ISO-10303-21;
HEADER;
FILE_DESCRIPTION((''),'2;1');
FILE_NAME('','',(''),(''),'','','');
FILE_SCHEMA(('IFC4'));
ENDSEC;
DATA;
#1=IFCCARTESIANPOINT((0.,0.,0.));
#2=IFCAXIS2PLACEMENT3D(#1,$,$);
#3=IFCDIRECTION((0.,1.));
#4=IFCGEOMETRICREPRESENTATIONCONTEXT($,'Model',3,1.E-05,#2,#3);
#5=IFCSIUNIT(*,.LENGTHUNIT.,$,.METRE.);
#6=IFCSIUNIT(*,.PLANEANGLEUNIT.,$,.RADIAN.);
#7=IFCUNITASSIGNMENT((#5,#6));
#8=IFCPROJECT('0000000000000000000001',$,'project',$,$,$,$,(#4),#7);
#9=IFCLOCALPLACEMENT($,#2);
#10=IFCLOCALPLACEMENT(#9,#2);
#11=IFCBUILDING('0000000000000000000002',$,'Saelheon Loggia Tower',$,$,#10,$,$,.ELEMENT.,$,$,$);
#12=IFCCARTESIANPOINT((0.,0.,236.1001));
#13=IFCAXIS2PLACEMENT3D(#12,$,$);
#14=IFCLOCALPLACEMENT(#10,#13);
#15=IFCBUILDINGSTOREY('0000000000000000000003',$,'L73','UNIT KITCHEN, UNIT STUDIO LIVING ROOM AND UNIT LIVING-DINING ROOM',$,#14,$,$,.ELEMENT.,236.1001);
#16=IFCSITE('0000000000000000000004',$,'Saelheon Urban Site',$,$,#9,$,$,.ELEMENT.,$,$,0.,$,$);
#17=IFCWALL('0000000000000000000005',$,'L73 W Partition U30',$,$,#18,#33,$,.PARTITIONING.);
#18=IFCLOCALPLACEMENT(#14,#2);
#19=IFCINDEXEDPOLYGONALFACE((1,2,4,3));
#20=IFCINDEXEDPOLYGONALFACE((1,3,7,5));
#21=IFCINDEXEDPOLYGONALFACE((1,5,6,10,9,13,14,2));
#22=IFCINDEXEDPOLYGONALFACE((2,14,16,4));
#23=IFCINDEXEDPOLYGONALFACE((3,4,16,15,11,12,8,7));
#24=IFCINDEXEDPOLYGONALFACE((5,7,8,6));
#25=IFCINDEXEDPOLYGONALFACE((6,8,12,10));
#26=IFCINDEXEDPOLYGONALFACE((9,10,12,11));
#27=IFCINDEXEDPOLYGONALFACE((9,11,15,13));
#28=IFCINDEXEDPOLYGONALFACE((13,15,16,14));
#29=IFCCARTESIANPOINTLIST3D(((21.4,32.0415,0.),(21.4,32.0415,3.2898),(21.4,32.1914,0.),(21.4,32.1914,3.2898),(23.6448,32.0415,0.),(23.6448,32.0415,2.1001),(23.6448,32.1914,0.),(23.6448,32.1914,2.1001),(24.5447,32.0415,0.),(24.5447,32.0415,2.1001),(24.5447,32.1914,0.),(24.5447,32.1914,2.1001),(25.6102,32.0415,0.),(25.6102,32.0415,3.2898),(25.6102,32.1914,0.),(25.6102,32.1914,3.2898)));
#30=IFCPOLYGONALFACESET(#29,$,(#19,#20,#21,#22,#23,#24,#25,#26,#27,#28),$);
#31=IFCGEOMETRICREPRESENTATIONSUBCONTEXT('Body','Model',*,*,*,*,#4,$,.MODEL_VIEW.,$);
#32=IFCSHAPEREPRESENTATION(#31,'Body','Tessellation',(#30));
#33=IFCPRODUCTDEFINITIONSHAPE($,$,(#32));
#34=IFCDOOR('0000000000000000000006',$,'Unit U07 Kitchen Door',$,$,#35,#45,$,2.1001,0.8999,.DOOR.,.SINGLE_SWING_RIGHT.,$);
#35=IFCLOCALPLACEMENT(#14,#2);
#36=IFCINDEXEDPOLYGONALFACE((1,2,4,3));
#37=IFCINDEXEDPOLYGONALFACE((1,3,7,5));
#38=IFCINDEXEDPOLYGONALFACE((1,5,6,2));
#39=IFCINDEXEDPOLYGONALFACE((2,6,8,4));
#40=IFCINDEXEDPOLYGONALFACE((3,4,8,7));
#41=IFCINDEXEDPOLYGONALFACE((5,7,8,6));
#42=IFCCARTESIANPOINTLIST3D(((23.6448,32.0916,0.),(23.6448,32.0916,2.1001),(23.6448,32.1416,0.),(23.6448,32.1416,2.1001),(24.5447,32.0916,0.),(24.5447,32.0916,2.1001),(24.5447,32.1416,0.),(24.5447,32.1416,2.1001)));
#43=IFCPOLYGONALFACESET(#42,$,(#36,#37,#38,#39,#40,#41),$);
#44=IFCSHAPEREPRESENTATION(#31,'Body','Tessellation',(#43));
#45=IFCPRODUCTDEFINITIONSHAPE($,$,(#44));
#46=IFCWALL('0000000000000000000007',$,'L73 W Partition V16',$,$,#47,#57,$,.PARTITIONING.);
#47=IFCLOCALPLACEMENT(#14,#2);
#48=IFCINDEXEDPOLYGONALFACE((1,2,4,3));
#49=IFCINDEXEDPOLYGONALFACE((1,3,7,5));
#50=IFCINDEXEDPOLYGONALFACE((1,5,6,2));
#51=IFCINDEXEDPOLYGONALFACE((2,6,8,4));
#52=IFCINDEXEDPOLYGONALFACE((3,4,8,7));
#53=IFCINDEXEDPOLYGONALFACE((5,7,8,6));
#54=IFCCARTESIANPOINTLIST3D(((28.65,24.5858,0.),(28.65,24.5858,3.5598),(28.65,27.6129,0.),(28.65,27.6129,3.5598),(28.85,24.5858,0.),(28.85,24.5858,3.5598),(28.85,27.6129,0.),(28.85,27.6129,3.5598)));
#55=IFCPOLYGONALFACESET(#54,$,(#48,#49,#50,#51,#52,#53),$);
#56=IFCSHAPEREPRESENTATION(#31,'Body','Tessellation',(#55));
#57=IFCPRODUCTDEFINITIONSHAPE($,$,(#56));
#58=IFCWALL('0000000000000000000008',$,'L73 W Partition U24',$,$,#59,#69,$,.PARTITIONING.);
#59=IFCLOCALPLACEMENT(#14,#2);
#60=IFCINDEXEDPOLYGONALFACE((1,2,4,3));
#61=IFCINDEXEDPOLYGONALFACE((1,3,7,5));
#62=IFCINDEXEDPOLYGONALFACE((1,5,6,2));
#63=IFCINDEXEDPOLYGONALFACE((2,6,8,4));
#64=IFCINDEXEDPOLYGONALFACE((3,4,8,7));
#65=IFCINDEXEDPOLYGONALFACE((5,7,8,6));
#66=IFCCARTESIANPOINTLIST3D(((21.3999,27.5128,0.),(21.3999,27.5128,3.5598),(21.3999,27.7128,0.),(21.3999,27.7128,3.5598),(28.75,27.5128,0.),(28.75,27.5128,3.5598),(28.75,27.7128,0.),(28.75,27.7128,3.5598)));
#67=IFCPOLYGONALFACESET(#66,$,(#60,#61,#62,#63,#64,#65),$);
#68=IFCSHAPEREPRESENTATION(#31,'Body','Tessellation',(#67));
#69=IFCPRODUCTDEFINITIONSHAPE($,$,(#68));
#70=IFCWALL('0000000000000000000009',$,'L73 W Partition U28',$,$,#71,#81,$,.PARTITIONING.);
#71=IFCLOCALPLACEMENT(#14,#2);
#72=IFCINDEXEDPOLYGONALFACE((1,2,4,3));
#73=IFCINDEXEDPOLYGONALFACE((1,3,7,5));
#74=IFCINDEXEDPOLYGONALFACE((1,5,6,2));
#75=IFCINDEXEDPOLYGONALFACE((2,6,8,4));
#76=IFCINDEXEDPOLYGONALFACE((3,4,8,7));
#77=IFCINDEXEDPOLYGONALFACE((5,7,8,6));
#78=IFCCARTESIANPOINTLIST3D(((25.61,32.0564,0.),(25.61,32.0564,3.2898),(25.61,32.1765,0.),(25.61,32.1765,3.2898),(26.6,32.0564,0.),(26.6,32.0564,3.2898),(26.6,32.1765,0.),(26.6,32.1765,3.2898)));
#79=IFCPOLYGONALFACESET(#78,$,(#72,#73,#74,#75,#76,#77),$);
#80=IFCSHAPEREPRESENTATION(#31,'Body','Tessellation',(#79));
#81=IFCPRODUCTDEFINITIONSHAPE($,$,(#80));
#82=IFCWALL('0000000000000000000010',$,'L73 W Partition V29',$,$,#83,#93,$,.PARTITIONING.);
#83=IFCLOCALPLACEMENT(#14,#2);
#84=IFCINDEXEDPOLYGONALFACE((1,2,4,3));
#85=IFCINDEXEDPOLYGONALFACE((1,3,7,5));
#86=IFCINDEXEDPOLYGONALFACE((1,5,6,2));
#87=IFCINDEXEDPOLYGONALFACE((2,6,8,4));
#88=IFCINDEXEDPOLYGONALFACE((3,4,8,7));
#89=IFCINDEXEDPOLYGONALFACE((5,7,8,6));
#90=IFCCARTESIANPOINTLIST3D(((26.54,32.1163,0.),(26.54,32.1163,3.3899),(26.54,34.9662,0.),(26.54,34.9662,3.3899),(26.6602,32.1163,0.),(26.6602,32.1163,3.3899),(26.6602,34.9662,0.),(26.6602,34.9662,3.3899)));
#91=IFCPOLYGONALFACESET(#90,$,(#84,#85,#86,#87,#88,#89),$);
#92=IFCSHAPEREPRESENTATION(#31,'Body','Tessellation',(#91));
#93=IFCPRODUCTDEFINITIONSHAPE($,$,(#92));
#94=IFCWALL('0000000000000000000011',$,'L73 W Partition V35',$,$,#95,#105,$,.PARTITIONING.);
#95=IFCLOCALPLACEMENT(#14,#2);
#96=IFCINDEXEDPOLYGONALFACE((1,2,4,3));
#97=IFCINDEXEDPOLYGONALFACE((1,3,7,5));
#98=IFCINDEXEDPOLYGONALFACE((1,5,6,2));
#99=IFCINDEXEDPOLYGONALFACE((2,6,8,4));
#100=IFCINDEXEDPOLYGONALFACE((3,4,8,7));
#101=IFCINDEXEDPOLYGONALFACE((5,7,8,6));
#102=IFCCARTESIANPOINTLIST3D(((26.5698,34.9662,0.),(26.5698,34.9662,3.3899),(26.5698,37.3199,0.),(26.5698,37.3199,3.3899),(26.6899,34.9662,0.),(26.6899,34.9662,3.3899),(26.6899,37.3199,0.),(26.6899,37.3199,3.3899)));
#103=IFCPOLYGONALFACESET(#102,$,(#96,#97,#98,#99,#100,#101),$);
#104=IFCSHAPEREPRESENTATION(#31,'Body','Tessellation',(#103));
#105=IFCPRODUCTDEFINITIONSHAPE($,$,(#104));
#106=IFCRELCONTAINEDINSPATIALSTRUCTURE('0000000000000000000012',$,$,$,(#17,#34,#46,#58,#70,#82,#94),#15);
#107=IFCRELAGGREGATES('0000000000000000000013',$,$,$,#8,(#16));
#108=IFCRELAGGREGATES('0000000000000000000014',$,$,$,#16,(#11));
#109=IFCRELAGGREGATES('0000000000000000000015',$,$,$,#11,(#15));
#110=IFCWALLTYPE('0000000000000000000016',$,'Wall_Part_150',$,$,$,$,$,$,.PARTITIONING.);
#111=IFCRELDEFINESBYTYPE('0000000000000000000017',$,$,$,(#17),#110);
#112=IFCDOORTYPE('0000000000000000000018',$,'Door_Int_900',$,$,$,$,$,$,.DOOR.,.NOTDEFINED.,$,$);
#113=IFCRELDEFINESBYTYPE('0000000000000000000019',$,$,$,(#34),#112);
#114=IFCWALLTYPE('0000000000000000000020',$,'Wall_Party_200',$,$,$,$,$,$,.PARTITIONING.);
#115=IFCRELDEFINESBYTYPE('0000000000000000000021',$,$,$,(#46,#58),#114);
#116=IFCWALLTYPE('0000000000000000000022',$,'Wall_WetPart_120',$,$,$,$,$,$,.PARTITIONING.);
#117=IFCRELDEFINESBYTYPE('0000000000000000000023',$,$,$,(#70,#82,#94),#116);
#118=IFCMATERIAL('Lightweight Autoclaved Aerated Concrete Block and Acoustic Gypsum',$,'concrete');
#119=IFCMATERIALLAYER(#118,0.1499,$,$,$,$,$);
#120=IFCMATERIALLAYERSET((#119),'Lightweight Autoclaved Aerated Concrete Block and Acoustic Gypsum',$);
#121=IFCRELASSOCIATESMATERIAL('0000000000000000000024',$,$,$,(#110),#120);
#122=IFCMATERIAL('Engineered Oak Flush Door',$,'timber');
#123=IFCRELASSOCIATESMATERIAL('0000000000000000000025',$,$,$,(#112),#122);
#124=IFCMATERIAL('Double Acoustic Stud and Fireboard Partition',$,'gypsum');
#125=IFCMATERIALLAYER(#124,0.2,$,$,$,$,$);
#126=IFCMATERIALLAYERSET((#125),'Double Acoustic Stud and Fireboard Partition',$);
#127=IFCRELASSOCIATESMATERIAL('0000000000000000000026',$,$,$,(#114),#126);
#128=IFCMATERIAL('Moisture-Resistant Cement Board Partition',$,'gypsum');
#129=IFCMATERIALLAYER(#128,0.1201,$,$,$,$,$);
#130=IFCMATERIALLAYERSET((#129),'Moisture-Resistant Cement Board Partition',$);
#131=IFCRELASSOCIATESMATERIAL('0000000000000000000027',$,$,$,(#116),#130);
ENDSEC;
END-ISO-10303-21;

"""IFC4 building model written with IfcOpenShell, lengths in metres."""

from ifc_helpers import new_model, si_unit, direction, frame, frame_2d, origin, place, context, subcontext, project, spatial, rectangle, extrude, source, transform, mapped, material, layer, layer_set, type_object, element, fill, save


model = new_model("IFC4")

# Units and contexts
model_context = context("Model", 3, precision=1e-05, world=origin(), true_north=direction((0.0, 1.0)))
body_context = subcontext(model_context, "Body", "Model", "MODEL_VIEW")
ifc_project = project(units=[si_unit("LENGTHUNIT", "METRE"), si_unit("PLANEANGLEUNIT", "RADIAN")], contexts=[model_context])

# Site, building, storey
site_placement = place(None, origin())
site = spatial("IfcSite", under=ifc_project, at=site_placement, Name="Saelheon Urban Site", CompositionType="ELEMENT", RefElevation=0.0)
building_placement = place(site_placement, origin())
building = spatial("IfcBuilding", under=site, at=building_placement, Name="Saelheon Loggia Tower", CompositionType="ELEMENT")
storey_placement = place(building_placement, frame((0.0, 0.0, 236.1001)))
storey = spatial("IfcBuildingStorey", under=building, at=storey_placement, Name="L73", Description="UNIT KITCHEN, UNIT STUDIO LIVING ROOM AND UNIT LIVING-DINING ROOM", CompositionType="ELEMENT", Elevation=236.1001)

# Shared definitions
ifc_material_1 = material(Name="Lightweight Autoclaved Aerated Concrete Block and Acoustic Gypsum", Category="concrete")
ifc_layer_1 = layer(ifc_material_1, 0.1499)
ifc_layer_set_1 = layer_set([ifc_layer_1], Name="Lightweight Autoclaved Aerated Concrete Block and Acoustic Gypsum")
wall_type_1 = type_object("IfcWallType", Name="Wall_Part_150", PredefinedType="PARTITIONING", material=ifc_layer_set_1)

# Wall, opening, door
ifc_material_2 = material(Name="Engineered Oak Flush Door", Category="timber")
door_type_1 = type_object("IfcDoorType", Name="Door_Int_900", OperationType="NOTDEFINED", PredefinedType="DOOR", material=ifc_material_2)
shared_shape_1 = source(origin(), body_context, "Body", "SweptSolid", [
    extrude(rectangle(XDim=0.8999, YDim=2.1001, at=frame_2d((0.45, 1.05))), frame((0.0, 0.0249, 0.0), z_axis=(0.0, -1.0, 0.0), x_axis=(1.0, 0.0, 0.0)), (0.0, 0.0, 1.0), 0.05),
])
wall_1_placement = place(storey_placement, frame((25.6101, 32.1165, 0.0), z_axis=(0.0, 0.0, 1.0), x_axis=(-1.0, 0.0, 0.0)))
wall_1 = element("IfcWall", 1, at=wall_1_placement, inside=storey, type_object=wall_type_1, Name="L73 W Partition U30", PredefinedType="PARTITIONING", context=body_context, shape_type="SweptSolid", body=[
    extrude(rectangle(XDim=4.2102, YDim=0.1499, at=frame_2d((2.105, 0.0))), origin(), (0.0, 0.0, 1.0), 3.2898),
])
opening_1_placement = place(wall_1_placement, frame((1.0654, 0.0, 0.0)))
opening_1 = element("IfcOpeningElement", 2, at=opening_1_placement, cuts=wall_1, PredefinedType="OPENING", context=body_context, shape_type="SweptSolid", body=[
    extrude(rectangle(XDim=0.8999, YDim=2.1001, at=frame_2d((0.45, 1.05))), frame((0.0, 0.0869, 0.0), z_axis=(0.0, -1.0, 0.0), x_axis=(1.0, 0.0, 0.0)), (0.0, 0.0, 1.0), 0.1738),
])
door_1_placement = place(opening_1_placement, origin())
door_1 = element("IfcDoor", 3, at=door_1_placement, inside=storey, type_object=door_type_1, Name="Unit U07 Kitchen Door", OperationType="SINGLE_SWING_RIGHT", OverallHeight=2.1001, OverallWidth=0.8999, PredefinedType="DOOR", context=body_context, shape_type="MappedRepresentation", body=[
    mapped(shared_shape_1, transform((0.0, 0.0, 0.0), scale=1.0)),
])
fill(opening_1, door_1)

# Walls
ifc_material_3 = material(Name="Double Acoustic Stud and Fireboard Partition", Category="gypsum")
ifc_layer_2 = layer(ifc_material_3, 0.2)
ifc_layer_set_2 = layer_set([ifc_layer_2], Name="Double Acoustic Stud and Fireboard Partition")
wall_type_2 = type_object("IfcWallType", Name="Wall_Party_200", PredefinedType="PARTITIONING", material=ifc_layer_set_2)
wall_2_placement = place(storey_placement, frame((28.75, 24.5857, 0.0), z_axis=(0.0, 0.0, 1.0), x_axis=(0.0, 1.0, 0.0)))
element("IfcWall", 4, at=wall_2_placement, inside=storey, type_object=wall_type_2, Name="L73 W Partition V16", PredefinedType="PARTITIONING", context=body_context, shape_type="SweptSolid", body=[
    extrude(rectangle(XDim=3.0271, YDim=0.2, at=frame_2d((1.5137, 0.0))), origin(), (0.0, 0.0, 1.0), 3.5598),
])
wall_3_placement = place(storey_placement, frame((28.75, 27.6128, 0.0), z_axis=(0.0, 0.0, 1.0), x_axis=(-1.0, 0.0, 0.0)))
element("IfcWall", 5, at=wall_3_placement, inside=storey, type_object=wall_type_2, Name="L73 W Partition U24", PredefinedType="PARTITIONING", context=body_context, shape_type="SweptSolid", body=[
    extrude(rectangle(XDim=7.3501, YDim=0.2, at=frame_2d((3.675, 0.0))), origin(), (0.0, 0.0, 1.0), 3.5598),
])

# Walls
ifc_material_4 = material(Name="Moisture-Resistant Cement Board Partition", Category="gypsum")
ifc_layer_3 = layer(ifc_material_4, 0.1201)
ifc_layer_set_3 = layer_set([ifc_layer_3], Name="Moisture-Resistant Cement Board Partition")
wall_type_3 = type_object("IfcWallType", Name="Wall_WetPart_120", PredefinedType="PARTITIONING", material=ifc_layer_set_3)
wall_4_placement = place(storey_placement, frame((26.6001, 32.1165, 0.0), z_axis=(0.0, 0.0, 1.0), x_axis=(-1.0, 0.0, 0.0)))
element("IfcWall", 6, at=wall_4_placement, inside=storey, type_object=wall_type_3, Name="L73 W Partition U28", PredefinedType="PARTITIONING", context=body_context, shape_type="SweptSolid", body=[
    extrude(rectangle(XDim=0.99, YDim=0.1201, at=frame_2d((0.4951, 0.0))), origin(), (0.0, 0.0, 1.0), 3.2898),
])
wall_5_placement = place(storey_placement, frame((26.6001, 32.1165, 0.0), z_axis=(0.0, 0.0, 1.0), x_axis=(0.0, 1.0, 0.0)))
element("IfcWall", 7, at=wall_5_placement, inside=storey, type_object=wall_type_3, Name="L73 W Partition V29", PredefinedType="PARTITIONING", context=body_context, shape_type="SweptSolid", body=[
    extrude(rectangle(XDim=2.8499, YDim=0.1201, at=frame_2d((1.4248, 0.0))), origin(), (0.0, 0.0, 1.0), 3.3899),
])
wall_6_placement = place(storey_placement, frame((26.6299, 34.9663, 0.0), z_axis=(0.0, 0.0, 1.0), x_axis=(0.0, 1.0, 0.0)))
element("IfcWall", 8, at=wall_6_placement, inside=storey, type_object=wall_type_3, Name="L73 W Partition V35", PredefinedType="PARTITIONING", context=body_context, shape_type="SweptSolid", body=[
    extrude(rectangle(XDim=2.3538, YDim=0.1201, at=frame_2d((1.1768, 0.0))), origin(), (0.0, 0.0, 1.0), 3.3899),
])

save(model, "model.ifc")
